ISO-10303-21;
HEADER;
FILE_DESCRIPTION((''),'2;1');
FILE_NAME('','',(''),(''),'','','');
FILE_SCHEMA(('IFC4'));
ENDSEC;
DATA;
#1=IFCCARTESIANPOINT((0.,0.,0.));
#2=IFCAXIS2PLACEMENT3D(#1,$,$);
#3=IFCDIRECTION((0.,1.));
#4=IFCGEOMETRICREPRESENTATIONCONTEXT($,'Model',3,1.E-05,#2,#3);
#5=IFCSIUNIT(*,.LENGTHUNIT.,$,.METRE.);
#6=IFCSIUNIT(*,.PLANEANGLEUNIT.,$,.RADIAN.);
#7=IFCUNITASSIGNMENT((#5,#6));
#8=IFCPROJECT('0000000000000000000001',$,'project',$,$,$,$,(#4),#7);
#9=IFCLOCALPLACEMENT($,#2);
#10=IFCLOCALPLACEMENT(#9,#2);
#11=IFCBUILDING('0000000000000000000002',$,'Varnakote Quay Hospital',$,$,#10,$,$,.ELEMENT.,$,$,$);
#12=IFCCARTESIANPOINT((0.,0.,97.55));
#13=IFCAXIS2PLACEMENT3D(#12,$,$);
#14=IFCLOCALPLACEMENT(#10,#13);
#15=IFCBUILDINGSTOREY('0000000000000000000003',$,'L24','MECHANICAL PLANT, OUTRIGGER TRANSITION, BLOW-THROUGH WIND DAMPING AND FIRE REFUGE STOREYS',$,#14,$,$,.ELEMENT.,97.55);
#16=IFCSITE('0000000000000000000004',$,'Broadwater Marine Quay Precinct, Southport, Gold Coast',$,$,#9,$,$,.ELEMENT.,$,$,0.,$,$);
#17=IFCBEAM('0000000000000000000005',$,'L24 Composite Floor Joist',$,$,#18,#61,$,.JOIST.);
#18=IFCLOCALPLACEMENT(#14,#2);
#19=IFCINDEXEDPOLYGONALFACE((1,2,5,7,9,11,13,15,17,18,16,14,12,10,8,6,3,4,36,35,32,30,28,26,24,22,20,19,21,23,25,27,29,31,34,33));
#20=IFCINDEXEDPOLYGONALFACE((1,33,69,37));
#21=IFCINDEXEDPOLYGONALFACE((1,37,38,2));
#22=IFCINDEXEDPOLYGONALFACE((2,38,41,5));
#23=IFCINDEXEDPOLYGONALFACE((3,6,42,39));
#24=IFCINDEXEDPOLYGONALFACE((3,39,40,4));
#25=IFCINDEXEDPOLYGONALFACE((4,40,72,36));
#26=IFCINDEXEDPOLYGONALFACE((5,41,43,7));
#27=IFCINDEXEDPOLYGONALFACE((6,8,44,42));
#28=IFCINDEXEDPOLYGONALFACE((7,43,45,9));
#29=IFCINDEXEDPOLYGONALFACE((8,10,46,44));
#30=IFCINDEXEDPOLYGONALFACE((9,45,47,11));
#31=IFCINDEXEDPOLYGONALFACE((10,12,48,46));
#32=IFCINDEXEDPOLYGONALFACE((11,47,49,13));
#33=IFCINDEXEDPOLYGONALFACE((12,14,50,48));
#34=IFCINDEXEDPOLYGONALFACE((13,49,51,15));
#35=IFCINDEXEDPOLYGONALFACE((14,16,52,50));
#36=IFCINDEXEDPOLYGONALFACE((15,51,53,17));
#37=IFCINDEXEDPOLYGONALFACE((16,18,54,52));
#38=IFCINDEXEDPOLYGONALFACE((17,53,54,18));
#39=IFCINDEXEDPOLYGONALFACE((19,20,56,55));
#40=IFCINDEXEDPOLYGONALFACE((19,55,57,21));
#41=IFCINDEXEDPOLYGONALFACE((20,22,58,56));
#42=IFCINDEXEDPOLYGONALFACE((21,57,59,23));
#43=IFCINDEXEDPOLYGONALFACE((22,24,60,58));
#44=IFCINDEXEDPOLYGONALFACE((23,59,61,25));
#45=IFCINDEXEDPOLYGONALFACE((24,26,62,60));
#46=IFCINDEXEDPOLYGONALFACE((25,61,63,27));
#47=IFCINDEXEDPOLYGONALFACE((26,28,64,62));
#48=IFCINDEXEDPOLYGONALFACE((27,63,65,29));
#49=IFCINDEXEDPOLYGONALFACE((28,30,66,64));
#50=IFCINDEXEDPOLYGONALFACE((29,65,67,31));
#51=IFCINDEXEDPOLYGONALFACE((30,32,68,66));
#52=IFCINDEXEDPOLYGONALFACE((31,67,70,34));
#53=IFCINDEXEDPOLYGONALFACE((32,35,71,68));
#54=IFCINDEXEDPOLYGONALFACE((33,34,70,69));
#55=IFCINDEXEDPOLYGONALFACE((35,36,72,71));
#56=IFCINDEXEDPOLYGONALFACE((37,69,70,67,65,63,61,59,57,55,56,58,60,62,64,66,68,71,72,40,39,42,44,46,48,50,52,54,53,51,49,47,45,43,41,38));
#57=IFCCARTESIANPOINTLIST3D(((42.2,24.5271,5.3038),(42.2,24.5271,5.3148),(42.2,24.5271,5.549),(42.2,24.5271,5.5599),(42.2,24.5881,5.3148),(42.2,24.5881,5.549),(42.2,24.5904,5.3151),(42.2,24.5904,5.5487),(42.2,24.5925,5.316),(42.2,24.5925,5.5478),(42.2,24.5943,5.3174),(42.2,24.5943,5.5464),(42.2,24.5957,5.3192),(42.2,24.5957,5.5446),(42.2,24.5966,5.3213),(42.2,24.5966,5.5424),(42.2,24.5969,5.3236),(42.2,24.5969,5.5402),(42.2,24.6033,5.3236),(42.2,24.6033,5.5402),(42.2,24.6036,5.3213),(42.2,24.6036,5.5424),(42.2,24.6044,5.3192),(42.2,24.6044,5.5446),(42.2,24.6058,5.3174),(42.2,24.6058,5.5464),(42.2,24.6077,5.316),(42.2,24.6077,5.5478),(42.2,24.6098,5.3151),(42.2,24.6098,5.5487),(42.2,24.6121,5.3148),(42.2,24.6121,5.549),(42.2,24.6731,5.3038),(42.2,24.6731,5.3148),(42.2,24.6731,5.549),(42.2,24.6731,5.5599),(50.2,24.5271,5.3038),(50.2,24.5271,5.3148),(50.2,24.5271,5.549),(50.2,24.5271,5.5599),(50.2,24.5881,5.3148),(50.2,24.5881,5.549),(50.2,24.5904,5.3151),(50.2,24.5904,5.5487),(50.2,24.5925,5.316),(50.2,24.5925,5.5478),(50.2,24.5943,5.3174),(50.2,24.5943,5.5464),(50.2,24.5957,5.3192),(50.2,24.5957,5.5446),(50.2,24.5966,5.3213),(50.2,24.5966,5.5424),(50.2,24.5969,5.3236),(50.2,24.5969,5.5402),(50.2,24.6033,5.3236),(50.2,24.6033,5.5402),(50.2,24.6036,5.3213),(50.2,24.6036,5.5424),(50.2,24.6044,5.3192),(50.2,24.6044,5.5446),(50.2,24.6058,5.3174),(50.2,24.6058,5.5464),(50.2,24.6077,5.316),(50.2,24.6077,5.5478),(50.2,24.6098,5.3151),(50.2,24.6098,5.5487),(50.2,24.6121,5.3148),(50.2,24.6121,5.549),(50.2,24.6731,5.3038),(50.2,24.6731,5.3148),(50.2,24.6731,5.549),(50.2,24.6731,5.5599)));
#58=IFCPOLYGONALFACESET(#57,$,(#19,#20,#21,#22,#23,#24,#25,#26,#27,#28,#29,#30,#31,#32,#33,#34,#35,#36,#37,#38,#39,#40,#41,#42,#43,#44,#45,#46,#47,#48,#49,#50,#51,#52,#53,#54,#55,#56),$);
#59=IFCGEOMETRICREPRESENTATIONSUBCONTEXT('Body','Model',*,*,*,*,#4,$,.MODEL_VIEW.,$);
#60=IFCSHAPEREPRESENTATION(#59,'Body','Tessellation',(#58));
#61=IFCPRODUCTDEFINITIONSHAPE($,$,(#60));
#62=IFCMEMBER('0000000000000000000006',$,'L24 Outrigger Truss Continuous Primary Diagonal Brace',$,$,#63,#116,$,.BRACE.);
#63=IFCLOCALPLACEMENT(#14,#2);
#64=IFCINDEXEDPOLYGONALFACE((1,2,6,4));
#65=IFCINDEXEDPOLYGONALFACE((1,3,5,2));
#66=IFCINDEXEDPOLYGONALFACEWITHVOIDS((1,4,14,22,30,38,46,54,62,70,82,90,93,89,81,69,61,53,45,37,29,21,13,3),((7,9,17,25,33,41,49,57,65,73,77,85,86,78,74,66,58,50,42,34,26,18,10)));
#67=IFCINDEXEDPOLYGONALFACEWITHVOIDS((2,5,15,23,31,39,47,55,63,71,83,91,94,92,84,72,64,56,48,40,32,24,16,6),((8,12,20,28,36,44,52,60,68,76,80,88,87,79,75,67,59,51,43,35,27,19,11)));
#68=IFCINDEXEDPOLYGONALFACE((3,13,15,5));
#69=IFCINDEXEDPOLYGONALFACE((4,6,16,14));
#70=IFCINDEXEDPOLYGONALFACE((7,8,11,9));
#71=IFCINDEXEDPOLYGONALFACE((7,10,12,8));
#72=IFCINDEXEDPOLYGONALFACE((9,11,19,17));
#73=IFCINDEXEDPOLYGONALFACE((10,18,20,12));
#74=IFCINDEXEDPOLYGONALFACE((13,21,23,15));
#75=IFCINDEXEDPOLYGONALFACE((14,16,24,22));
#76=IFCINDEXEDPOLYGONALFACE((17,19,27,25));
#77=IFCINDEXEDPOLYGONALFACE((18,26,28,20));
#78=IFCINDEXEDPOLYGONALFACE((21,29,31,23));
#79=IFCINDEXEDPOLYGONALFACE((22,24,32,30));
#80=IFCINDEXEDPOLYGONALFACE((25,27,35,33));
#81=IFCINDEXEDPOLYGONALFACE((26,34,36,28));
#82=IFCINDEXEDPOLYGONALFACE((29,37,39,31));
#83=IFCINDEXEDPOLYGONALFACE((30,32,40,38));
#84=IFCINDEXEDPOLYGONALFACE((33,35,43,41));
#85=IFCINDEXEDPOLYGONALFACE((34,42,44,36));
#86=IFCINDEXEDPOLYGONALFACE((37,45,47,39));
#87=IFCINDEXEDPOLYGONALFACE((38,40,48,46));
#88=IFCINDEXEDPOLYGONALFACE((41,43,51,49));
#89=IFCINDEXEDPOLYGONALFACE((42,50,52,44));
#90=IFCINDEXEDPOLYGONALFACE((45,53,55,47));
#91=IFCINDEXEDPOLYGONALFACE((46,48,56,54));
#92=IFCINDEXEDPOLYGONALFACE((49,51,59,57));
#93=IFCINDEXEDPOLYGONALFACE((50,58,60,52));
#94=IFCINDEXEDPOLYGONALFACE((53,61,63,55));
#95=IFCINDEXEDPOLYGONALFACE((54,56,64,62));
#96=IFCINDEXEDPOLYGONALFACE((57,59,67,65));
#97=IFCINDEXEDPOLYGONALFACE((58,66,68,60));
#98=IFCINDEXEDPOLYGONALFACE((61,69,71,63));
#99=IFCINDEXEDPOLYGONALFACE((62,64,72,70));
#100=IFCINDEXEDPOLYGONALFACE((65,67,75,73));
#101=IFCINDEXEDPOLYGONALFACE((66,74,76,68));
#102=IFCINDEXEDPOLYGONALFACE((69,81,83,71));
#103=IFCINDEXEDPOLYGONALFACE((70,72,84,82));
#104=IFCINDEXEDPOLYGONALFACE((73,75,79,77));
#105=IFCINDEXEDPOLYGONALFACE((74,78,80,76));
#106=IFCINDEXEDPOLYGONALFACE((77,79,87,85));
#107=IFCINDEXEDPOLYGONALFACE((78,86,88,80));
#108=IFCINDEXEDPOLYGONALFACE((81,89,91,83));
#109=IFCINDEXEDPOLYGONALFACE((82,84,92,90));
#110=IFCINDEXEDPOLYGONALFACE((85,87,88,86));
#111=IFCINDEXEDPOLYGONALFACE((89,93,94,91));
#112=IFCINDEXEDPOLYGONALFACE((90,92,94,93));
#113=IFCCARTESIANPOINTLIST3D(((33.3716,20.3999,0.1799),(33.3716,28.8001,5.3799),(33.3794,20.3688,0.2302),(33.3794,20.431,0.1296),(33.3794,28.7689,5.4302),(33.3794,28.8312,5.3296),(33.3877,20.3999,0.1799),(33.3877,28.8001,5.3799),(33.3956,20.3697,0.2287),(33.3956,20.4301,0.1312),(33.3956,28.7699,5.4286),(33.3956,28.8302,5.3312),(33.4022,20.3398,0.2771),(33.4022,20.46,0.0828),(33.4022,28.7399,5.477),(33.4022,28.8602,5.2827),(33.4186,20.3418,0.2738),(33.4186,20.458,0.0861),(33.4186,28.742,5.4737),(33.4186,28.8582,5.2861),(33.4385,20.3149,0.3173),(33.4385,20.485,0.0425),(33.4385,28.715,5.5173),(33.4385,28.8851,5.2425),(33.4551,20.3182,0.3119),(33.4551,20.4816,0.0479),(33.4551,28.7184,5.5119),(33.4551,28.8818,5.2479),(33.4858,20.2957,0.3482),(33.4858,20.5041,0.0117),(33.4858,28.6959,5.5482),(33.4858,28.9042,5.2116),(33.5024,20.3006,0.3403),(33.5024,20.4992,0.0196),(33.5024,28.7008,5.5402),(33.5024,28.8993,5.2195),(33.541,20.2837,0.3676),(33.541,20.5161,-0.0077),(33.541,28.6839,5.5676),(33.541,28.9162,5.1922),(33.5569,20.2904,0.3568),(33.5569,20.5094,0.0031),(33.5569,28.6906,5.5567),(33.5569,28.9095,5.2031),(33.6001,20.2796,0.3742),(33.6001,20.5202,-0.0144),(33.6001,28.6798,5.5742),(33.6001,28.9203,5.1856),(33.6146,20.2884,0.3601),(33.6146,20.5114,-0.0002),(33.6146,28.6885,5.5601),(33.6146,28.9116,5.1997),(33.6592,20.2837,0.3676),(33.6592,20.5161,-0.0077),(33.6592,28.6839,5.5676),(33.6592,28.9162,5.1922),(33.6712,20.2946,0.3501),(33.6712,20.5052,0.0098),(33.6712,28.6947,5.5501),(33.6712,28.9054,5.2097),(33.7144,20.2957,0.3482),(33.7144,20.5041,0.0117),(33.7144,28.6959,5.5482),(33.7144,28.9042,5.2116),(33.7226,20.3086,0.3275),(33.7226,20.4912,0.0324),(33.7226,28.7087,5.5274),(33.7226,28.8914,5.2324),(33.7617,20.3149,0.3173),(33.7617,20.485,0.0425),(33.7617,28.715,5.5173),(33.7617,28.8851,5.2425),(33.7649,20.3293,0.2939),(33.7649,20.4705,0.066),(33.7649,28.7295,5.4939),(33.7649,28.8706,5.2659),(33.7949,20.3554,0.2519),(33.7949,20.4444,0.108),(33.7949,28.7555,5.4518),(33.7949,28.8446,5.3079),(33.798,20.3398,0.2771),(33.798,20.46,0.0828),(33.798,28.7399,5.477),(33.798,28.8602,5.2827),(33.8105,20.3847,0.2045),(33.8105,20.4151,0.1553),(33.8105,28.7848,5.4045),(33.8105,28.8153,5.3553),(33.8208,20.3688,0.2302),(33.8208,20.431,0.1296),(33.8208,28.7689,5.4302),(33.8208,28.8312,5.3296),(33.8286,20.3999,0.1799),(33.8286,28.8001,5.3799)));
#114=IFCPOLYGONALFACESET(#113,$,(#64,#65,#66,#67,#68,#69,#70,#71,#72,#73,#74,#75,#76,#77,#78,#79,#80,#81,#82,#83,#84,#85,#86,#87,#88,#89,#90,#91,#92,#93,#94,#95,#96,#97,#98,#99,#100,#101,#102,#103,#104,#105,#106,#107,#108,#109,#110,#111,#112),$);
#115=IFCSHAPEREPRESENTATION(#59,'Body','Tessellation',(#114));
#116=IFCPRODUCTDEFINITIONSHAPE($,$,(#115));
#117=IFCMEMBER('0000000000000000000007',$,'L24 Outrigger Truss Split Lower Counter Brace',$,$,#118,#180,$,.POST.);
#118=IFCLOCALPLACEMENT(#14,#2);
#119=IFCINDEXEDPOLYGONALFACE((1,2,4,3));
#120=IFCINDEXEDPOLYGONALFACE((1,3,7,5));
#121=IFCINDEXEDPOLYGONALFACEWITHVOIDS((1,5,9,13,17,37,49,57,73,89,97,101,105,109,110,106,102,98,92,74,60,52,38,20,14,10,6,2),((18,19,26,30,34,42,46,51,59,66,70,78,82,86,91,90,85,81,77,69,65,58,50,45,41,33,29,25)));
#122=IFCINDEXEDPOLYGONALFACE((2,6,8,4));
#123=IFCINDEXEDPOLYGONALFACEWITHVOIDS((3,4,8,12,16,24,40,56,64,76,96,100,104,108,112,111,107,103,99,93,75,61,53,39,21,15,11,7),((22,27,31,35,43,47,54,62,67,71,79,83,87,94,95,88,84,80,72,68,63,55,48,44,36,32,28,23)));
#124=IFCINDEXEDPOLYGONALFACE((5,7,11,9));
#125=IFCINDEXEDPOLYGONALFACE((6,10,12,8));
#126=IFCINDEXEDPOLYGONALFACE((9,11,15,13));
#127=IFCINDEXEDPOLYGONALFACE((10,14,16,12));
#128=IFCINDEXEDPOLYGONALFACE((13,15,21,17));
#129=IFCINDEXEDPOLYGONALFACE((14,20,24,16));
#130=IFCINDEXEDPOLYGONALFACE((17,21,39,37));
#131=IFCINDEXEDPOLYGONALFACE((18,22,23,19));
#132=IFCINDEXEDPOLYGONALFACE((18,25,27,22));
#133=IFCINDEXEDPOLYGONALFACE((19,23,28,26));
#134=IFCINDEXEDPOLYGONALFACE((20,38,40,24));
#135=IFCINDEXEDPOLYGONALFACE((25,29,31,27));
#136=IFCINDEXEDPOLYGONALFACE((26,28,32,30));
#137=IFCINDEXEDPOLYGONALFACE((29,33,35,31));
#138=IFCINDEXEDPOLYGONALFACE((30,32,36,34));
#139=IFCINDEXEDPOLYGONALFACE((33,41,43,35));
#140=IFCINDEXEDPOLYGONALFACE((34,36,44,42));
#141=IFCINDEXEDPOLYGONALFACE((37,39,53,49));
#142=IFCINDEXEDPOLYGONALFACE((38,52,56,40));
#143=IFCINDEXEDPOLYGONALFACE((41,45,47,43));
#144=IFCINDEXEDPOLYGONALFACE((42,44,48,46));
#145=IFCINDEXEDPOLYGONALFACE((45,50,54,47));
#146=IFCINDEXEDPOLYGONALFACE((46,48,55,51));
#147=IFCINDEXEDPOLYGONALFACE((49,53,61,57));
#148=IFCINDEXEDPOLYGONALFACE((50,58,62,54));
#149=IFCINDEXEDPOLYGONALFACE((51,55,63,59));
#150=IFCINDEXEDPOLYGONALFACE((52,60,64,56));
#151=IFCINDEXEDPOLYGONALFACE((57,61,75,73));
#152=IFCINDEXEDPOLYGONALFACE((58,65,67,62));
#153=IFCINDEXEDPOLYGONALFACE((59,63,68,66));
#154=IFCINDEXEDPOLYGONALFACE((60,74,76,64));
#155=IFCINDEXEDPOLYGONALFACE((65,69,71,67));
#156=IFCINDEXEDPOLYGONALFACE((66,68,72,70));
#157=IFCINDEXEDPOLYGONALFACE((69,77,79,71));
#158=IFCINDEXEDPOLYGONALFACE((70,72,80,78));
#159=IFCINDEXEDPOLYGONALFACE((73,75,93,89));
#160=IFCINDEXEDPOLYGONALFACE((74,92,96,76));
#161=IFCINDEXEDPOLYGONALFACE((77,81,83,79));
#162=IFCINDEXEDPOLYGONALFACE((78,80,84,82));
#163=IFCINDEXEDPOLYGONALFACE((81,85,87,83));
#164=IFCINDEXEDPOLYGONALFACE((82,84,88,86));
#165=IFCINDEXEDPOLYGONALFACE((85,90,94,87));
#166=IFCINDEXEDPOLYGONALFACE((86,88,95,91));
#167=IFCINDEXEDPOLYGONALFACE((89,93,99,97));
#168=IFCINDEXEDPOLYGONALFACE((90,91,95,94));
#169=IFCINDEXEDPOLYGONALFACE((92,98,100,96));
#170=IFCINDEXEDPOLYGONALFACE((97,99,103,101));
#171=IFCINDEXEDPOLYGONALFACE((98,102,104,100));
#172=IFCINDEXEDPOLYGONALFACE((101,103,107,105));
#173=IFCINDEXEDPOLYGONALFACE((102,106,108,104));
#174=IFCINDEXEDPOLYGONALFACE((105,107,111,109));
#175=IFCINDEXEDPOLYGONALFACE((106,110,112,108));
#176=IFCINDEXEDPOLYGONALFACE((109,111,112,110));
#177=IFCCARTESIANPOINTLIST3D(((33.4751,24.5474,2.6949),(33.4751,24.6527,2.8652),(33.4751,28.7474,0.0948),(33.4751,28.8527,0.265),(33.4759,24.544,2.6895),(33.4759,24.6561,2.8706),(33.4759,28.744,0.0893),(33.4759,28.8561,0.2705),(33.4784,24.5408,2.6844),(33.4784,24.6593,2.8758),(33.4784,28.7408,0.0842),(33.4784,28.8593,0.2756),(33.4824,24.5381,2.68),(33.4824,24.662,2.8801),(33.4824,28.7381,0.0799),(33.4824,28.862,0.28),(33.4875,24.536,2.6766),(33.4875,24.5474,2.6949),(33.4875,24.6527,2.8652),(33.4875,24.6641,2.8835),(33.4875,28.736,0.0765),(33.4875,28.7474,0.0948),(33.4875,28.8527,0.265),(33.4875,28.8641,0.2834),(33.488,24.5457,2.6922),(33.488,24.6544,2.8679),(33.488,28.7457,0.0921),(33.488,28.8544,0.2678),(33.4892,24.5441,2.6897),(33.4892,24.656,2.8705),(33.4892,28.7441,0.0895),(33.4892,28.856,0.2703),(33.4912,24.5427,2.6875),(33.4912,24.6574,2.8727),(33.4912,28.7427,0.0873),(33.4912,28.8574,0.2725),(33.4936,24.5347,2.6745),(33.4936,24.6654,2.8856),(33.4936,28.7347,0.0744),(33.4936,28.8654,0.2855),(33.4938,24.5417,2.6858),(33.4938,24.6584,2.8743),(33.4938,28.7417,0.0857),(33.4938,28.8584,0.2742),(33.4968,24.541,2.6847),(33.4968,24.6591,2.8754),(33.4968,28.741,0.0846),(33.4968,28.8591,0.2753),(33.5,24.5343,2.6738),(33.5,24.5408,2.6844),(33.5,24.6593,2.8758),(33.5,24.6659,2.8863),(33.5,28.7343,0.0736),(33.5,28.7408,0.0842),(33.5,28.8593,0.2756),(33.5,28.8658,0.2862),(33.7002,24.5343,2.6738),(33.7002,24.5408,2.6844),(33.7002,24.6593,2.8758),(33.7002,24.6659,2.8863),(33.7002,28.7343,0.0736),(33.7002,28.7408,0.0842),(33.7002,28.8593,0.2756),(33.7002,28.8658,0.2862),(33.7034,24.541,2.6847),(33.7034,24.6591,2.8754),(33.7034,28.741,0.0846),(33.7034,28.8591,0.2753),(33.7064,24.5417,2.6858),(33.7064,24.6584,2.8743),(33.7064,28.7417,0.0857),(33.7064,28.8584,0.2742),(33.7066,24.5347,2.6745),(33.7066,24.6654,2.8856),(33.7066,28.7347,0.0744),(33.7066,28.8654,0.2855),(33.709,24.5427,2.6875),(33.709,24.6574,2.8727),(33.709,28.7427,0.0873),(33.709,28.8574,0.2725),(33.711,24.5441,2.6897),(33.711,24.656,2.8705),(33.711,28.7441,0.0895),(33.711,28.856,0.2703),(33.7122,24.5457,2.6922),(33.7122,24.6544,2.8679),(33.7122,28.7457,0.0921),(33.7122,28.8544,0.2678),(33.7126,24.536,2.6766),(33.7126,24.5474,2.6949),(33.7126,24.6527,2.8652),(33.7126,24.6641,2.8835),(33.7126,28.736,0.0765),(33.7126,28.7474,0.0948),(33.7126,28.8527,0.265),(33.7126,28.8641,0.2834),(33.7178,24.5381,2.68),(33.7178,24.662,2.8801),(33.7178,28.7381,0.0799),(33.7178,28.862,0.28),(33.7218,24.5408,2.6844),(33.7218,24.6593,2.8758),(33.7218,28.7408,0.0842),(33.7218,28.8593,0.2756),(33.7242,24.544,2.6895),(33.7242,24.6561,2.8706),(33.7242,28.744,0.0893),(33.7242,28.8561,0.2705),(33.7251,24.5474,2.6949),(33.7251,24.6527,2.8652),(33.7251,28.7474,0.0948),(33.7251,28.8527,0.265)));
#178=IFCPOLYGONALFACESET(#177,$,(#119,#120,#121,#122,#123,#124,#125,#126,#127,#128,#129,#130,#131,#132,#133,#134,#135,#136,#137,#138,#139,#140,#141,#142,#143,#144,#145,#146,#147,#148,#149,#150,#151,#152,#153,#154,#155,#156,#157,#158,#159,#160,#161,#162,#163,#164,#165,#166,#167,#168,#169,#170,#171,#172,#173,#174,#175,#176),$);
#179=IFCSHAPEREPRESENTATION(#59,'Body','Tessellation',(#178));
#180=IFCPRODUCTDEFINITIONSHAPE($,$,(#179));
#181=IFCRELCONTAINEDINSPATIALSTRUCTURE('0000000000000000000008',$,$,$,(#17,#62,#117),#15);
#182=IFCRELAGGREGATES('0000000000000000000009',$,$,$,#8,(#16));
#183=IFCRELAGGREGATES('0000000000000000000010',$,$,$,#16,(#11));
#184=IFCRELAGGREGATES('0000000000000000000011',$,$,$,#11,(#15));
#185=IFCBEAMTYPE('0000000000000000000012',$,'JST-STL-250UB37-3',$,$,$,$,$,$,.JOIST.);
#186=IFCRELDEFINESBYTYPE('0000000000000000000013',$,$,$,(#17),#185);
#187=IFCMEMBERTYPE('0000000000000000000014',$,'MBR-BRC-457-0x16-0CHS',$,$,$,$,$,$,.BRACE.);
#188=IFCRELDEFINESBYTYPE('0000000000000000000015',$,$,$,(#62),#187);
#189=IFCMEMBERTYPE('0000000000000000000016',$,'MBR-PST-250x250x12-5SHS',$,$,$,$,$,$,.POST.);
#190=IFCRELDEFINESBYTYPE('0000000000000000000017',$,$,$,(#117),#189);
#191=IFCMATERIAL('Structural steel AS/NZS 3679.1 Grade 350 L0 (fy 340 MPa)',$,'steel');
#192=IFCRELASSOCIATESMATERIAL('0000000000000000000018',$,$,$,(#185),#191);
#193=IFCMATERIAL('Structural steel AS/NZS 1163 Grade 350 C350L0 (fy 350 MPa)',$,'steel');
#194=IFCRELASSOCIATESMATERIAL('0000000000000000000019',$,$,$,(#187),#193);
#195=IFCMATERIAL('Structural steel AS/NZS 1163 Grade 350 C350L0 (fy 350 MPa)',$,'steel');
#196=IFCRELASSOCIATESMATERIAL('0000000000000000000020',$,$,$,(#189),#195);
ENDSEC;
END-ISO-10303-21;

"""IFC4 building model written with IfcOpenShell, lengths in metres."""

from ifc_helpers import new_model, si_unit, direction, frame, origin, origin_2d, place, context, subcontext, project, spatial, hollow_rectangle, hollow_circle, i_section, extrude, material, material_profile, profile_set, type_object, element, save


model = new_model("IFC4")

# Units and contexts
model_context = context("Model", 3, precision=1e-05, world=origin(), true_north=direction((0.0, 1.0)))
body_context = subcontext(model_context, "Body", "Model", "MODEL_VIEW")
ifc_project = project(units=[si_unit("LENGTHUNIT", "METRE"), si_unit("PLANEANGLEUNIT", "RADIAN")], contexts=[model_context])

# Site, building, storey
site_placement = place(None, origin())
site = spatial("IfcSite", under=ifc_project, at=site_placement, Name="Broadwater Marine Quay Precinct, Southport, Gold Coast", CompositionType="ELEMENT", RefElevation=0.0)
building_placement = place(site_placement, origin())
building = spatial("IfcBuilding", under=site, at=building_placement, Name="Varnakote Quay Hospital", CompositionType="ELEMENT")
storey_placement = place(building_placement, frame((0.0, 0.0, 97.55)))
storey = spatial("IfcBuildingStorey", under=building, at=storey_placement, Name="L24", Description="MECHANICAL PLANT, OUTRIGGER TRANSITION, BLOW-THROUGH WIND DAMPING AND FIRE REFUGE STOREYS", CompositionType="ELEMENT", Elevation=97.55)

# Beam
ifc_material_1 = material(Name="Structural steel AS/NZS 3679.1 Grade 350 L0 (fy 340 MPa)", Category="steel")
ifc_material_profile_1 = material_profile(ifc_material_1, i_section(OverallWidth=0.146, OverallDepth=0.2561, WebThickness=0.0063, FlangeThickness=0.011, FilletRadius=0.0088, at=origin_2d()), Name="250UB37.3")
ifc_profile_set_1 = profile_set([ifc_material_profile_1], Name="Structural steel AS/NZS 3679.1 Grade 350 L0 (fy 340 MPa)")
beam_type_1 = type_object("IfcBeamType", Name="JST-STL-250UB37-3", PredefinedType="JOIST", material=ifc_profile_set_1)
for number, where, z_axis, x_axis, name in (
    (1, (42.2, 24.6001, 5.4319), (1.0, 0.0, 0.0), (0.0, 1.0, 0.0), "L24 Composite Floor Joist"),
):
    element("IfcBeam", number, at=place(storey_placement, frame(where, z_axis=z_axis, x_axis=x_axis)), inside=storey, type_object=beam_type_1, Name=name, PredefinedType="JOIST", context=body_context, shape_type="SweptSolid", body=[
        extrude(i_section(OverallWidth=0.146, OverallDepth=0.2561, WebThickness=0.0063, FlangeThickness=0.011, FilletRadius=0.0088, at=origin_2d()), origin(), (0.0, 0.0, 1.0), 8.0),
    ])

# Members
ifc_material_2 = material(Name="Structural steel AS/NZS 1163 Grade 350 C350L0 (fy 350 MPa)", Category="steel")
ifc_material_profile_2 = material_profile(ifc_material_2, hollow_circle(Radius=0.2285, WallThickness=0.0161, at=origin_2d()), Name="457.0x16.0CHS")
ifc_profile_set_2 = profile_set([ifc_material_profile_2], Name="Structural steel AS/NZS 1163 Grade 350 C350L0 (fy 350 MPa)")
member_type_1 = type_object("IfcMemberType", Name="MBR-BRC-457-0x16-0CHS", PredefinedType="BRACE", material=ifc_profile_set_2)
member_placement = place(storey_placement, frame((33.6001, 20.3999, 0.1799), z_axis=(0.0, 0.850271, 0.526344), x_axis=(-1.0, 0.0, 0.0)))
element("IfcMember", 2, at=member_placement, inside=storey, type_object=member_type_1, Name="L24 Outrigger Truss Continuous Primary Diagonal Brace", PredefinedType="BRACE", context=body_context, shape_type="SweptSolid", body=[
    extrude(hollow_circle(Radius=0.2285, WallThickness=0.0161, at=origin_2d()), origin(), (0.0, 0.0, 1.0), 9.8794),
])
ifc_material_3 = material(Name="Structural steel AS/NZS 1163 Grade 350 C350L0 (fy 350 MPa)", Category="steel")
ifc_material_profile_3 = material_profile(ifc_material_3, hollow_rectangle(XDim=0.25, YDim=0.25, WallThickness=0.0125, InnerFilletRadius=0.0125, OuterFilletRadius=0.0249, at=origin_2d()), Name="250x250x12.5SHS")
ifc_profile_set_3 = profile_set([ifc_material_profile_3], Name="Structural steel AS/NZS 1163 Grade 350 C350L0 (fy 350 MPa)")
member_type_2 = type_object("IfcMemberType", Name="MBR-PST-250x250x12-5SHS", PredefinedType="POST", material=ifc_profile_set_3)
for number, where, z_axis, x_axis, name in (
    (3, (33.6001, 28.8, 0.1799), (0.0, -0.850254, 0.526373), (1.0, 0.0, 0.0), "L24 Outrigger Truss Split Lower Counter Brace"),
):
    element("IfcMember", number, at=place(storey_placement, frame(where, z_axis=z_axis, x_axis=x_axis)), inside=storey, type_object=member_type_2, Name=name, PredefinedType="POST", context=body_context, shape_type="SweptSolid", body=[
        extrude(hollow_rectangle(XDim=0.25, YDim=0.25, WallThickness=0.0125, InnerFilletRadius=0.0125, OuterFilletRadius=0.0249, at=origin_2d()), origin(), (0.0, 0.0, 1.0), 4.9397),
    ])

save(model, "model.ifc")
